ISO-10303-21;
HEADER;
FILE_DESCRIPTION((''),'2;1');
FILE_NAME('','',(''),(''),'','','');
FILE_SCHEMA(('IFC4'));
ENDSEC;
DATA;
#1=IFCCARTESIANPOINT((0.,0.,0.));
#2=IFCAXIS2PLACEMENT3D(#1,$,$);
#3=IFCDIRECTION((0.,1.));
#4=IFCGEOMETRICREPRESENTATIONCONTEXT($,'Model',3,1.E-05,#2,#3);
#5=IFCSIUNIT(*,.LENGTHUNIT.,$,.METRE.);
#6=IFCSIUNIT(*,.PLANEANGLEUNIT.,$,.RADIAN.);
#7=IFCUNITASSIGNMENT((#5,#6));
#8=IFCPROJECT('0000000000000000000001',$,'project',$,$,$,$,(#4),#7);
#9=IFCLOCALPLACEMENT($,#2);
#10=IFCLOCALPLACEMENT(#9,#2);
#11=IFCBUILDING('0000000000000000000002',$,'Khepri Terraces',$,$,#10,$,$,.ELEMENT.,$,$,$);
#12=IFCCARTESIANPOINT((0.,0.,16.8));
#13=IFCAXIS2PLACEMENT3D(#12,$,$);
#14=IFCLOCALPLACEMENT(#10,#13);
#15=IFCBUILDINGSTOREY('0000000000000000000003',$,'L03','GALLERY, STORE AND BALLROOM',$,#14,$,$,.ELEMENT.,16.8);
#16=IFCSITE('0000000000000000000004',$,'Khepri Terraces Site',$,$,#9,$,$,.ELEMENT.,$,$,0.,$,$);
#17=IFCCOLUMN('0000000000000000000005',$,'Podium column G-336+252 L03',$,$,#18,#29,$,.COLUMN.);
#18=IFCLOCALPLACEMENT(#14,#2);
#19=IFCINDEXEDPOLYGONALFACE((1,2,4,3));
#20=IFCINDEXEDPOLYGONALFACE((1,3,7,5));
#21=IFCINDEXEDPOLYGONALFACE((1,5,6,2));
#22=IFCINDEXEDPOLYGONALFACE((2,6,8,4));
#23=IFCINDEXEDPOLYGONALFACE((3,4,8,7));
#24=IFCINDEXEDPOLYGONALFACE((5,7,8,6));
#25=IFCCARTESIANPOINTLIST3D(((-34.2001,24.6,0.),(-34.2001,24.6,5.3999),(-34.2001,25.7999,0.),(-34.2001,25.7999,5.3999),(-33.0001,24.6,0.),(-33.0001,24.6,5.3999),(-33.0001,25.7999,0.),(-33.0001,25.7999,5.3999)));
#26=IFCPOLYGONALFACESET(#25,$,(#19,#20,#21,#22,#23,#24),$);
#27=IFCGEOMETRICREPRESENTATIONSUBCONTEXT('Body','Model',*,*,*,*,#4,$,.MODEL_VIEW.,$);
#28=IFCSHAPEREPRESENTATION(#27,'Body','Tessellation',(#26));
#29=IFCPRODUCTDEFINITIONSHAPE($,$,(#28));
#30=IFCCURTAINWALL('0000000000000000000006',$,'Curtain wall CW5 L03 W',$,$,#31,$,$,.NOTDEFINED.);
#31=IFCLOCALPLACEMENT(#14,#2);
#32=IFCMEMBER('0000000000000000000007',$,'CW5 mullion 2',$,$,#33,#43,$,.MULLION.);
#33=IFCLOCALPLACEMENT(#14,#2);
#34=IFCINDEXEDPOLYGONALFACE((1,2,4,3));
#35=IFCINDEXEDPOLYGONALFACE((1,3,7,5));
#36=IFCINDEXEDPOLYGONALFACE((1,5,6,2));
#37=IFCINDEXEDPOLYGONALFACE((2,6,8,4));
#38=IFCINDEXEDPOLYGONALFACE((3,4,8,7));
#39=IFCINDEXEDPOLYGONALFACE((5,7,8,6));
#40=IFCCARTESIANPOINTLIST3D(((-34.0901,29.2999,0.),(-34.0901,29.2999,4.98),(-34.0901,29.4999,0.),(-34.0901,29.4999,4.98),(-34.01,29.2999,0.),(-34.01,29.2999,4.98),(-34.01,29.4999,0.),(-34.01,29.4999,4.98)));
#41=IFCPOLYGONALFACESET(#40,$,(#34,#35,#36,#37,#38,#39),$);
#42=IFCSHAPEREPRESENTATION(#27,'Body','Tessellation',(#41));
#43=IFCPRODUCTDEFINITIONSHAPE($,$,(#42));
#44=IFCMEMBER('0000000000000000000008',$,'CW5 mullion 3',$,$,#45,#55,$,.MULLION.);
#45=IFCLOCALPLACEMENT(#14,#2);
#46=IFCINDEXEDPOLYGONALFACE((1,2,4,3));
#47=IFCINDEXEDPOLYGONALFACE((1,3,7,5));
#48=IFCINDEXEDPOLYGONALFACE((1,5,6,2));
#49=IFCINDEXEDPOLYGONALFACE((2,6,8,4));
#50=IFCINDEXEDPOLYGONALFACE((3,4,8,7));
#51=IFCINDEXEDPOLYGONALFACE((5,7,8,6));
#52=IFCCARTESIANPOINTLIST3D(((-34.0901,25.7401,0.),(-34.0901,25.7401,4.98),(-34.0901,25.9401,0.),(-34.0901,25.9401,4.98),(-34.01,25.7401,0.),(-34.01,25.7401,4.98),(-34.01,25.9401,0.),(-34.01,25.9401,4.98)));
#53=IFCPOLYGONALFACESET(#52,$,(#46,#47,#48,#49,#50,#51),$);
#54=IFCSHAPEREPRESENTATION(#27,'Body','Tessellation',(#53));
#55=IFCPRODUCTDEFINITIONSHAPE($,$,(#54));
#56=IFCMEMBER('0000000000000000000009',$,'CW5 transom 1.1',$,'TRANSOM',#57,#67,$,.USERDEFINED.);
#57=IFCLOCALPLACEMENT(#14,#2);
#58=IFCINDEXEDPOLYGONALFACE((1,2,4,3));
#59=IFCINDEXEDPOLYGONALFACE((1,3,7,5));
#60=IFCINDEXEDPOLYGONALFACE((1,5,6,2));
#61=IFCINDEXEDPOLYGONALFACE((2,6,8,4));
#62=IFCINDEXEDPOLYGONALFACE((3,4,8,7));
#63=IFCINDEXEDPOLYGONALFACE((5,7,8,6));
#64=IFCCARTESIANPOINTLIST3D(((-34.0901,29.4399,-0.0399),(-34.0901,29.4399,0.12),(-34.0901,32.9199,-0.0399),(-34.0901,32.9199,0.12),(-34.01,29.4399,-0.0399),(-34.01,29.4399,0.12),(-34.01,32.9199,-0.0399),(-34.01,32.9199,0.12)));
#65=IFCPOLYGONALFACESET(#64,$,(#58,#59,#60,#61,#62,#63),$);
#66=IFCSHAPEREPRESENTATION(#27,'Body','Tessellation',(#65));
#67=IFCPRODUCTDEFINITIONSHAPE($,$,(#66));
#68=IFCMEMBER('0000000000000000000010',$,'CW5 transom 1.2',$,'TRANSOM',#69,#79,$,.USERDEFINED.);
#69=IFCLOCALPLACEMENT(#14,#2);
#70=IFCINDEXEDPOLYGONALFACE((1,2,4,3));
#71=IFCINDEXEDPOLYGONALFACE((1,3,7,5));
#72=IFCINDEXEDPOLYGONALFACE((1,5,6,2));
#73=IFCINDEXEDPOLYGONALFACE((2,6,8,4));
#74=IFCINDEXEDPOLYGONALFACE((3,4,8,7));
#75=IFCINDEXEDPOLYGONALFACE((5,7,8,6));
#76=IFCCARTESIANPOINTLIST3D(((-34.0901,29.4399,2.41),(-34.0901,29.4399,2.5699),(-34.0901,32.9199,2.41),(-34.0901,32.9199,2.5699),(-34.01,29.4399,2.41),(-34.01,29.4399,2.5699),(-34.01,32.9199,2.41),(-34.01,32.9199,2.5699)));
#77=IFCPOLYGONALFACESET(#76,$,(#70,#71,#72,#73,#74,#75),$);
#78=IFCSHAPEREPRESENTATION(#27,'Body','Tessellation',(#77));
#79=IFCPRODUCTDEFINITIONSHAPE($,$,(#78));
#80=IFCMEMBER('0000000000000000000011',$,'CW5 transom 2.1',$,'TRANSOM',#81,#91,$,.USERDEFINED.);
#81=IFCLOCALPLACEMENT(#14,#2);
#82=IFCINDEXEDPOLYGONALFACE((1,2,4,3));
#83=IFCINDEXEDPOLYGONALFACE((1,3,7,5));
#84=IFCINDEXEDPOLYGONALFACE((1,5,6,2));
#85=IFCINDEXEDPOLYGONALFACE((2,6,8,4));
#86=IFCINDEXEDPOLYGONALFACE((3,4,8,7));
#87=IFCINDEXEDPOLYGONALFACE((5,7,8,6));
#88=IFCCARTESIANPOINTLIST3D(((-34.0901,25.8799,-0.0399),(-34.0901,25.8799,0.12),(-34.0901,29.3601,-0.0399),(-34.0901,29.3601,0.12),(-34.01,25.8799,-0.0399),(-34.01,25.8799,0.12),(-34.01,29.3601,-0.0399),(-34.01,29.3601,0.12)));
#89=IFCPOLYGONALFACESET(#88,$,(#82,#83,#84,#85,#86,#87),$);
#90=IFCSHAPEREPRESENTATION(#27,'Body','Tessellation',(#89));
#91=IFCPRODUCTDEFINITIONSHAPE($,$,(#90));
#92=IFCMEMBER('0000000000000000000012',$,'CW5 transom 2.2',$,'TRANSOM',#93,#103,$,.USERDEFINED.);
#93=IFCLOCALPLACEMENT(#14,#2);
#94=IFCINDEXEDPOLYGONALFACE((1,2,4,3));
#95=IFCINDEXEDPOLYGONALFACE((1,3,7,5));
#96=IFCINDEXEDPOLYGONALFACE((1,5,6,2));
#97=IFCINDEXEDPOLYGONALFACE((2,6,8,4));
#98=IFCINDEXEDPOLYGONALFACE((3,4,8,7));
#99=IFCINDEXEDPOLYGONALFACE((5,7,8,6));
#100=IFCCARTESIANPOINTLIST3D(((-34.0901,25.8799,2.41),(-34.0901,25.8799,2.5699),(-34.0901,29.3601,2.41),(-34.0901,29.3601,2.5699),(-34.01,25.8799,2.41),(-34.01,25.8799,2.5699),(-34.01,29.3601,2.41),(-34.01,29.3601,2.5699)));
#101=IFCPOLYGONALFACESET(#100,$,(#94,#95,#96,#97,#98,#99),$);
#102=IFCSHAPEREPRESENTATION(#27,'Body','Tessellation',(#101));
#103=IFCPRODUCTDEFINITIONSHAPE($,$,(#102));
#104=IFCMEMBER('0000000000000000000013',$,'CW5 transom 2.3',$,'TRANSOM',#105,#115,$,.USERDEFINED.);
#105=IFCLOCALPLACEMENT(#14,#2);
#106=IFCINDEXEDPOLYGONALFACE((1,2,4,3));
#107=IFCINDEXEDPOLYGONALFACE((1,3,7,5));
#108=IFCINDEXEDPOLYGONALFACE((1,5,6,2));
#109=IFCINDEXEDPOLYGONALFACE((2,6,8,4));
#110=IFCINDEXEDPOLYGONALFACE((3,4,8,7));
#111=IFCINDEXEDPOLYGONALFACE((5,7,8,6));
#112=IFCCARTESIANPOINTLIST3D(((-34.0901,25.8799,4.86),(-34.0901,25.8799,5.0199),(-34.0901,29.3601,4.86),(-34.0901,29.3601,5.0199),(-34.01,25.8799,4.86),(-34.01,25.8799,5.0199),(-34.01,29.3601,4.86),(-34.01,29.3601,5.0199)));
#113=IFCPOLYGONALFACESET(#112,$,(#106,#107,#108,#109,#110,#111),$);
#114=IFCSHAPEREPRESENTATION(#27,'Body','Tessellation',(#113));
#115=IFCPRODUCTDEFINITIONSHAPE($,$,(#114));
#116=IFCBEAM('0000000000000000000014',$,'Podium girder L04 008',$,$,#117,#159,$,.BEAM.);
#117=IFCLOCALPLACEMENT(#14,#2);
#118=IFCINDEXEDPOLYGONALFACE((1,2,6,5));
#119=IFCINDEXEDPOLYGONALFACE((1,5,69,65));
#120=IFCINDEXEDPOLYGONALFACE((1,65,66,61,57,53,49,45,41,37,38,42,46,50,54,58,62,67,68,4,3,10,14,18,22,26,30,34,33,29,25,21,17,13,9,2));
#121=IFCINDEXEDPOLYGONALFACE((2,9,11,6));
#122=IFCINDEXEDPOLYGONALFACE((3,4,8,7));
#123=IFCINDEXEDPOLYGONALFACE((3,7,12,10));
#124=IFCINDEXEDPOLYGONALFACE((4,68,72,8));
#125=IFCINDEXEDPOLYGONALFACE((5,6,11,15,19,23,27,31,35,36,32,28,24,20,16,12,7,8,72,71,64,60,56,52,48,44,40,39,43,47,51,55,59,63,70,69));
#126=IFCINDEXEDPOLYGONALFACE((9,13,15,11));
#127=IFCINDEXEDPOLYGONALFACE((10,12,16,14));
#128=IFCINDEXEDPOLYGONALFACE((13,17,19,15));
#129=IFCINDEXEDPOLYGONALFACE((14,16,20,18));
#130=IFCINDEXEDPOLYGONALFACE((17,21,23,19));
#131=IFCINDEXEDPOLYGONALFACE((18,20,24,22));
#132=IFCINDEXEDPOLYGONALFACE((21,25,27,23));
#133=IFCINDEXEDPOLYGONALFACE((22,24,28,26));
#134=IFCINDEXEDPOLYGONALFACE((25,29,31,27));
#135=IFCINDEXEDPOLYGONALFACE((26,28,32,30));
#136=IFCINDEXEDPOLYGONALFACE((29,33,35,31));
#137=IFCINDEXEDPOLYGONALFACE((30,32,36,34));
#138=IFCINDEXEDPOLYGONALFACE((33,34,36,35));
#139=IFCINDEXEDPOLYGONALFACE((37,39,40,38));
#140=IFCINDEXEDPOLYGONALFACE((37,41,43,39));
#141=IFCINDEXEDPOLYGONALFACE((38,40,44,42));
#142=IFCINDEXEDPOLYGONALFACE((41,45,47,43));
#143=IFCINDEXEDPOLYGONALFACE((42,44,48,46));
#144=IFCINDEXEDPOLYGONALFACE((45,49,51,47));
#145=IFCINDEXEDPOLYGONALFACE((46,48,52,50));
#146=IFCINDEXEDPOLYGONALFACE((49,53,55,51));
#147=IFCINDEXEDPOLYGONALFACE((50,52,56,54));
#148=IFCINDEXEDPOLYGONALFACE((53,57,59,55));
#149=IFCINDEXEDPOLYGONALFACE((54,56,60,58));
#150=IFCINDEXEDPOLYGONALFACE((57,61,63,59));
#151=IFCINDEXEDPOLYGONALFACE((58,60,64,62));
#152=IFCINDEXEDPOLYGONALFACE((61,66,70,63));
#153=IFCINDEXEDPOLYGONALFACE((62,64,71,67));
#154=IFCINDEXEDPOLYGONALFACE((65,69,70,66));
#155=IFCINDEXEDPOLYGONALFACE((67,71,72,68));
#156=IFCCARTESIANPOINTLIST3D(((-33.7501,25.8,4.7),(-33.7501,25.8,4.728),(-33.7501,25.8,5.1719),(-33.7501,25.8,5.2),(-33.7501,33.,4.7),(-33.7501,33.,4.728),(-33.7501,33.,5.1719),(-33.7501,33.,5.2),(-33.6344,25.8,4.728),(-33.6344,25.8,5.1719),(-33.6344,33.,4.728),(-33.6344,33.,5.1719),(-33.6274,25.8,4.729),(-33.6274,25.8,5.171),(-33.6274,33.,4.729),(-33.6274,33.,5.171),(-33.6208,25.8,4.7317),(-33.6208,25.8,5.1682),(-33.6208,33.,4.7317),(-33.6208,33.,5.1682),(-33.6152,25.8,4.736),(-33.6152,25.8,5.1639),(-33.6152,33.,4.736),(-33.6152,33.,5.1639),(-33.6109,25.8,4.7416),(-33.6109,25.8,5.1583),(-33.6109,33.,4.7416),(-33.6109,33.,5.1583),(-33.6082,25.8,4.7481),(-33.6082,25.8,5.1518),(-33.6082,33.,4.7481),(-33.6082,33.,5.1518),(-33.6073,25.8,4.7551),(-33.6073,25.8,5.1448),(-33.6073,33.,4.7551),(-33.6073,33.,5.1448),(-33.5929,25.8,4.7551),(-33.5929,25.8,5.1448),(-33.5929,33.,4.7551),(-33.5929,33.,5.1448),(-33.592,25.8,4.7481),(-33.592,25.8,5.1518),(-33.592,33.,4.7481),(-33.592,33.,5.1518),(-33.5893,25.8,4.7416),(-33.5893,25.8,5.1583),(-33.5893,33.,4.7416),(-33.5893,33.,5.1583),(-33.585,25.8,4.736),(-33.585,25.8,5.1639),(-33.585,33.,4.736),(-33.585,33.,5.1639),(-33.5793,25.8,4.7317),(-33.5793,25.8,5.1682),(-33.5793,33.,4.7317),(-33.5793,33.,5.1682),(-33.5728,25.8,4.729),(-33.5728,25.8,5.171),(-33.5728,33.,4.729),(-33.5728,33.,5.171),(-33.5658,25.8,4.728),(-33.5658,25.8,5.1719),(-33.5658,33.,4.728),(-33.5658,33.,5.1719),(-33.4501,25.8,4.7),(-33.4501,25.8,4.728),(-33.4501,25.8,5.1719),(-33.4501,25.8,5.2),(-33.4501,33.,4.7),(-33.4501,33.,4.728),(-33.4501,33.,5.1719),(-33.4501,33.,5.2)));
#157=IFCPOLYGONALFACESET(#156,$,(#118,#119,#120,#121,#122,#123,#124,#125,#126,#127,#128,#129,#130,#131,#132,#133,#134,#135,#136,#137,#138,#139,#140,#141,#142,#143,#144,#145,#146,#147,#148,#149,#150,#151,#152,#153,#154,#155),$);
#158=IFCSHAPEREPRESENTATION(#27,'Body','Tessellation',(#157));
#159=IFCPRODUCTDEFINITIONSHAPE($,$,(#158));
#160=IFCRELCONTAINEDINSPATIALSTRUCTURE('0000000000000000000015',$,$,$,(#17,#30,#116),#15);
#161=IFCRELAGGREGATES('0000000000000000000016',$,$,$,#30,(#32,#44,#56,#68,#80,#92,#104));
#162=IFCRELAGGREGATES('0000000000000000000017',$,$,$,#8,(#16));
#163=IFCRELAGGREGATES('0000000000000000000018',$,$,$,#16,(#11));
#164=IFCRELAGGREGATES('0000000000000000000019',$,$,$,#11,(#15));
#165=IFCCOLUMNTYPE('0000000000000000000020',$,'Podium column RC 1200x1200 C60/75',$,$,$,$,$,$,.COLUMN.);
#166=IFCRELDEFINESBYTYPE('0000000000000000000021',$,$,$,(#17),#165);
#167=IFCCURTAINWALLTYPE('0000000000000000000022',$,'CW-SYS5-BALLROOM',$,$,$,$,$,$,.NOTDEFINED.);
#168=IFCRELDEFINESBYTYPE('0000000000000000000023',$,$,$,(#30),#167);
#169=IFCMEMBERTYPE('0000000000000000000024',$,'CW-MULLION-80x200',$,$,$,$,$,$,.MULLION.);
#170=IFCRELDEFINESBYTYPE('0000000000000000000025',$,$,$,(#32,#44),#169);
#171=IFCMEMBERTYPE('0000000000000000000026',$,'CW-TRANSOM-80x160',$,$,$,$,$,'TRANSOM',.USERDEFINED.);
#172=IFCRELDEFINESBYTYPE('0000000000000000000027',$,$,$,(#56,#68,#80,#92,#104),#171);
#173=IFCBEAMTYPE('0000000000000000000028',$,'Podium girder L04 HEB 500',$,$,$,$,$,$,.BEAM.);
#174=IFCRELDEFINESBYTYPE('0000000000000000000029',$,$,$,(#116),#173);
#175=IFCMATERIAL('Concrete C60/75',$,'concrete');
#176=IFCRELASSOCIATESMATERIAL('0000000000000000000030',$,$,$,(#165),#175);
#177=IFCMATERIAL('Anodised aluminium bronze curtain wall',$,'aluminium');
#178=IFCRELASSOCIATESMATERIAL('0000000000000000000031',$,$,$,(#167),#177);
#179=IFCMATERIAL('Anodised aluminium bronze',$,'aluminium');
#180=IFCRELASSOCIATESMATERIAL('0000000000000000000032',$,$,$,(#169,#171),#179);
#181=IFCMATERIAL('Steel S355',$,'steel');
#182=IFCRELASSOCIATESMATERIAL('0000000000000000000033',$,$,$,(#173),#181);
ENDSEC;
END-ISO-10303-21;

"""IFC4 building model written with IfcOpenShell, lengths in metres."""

from ifc_helpers import new_model, si_unit, direction, frame, origin, origin_2d, place, context, subcontext, project, spatial, rectangle, i_section, extrude, material, material_profile, profile_set, type_object, element, aggregate, save


model = new_model("IFC4")

# Units and contexts
model_context = context("Model", 3, precision=1e-05, world=origin(), true_north=direction((0.0, 1.0)))
body_context = subcontext(model_context, "Body", "Model", "MODEL_VIEW")
ifc_project = project(units=[si_unit("LENGTHUNIT", "METRE"), si_unit("PLANEANGLEUNIT", "RADIAN")], contexts=[model_context])

# Site, building, storey
site_placement = place(None, origin())
site = spatial("IfcSite", under=ifc_project, at=site_placement, Name="Khepri Terraces Site", CompositionType="ELEMENT", RefElevation=0.0)
building_placement = place(site_placement, origin())
building = spatial("IfcBuilding", under=site, at=building_placement, Name="Khepri Terraces", CompositionType="ELEMENT")
storey_placement = place(building_placement, frame((0.0, 0.0, 16.8)))
storey = spatial("IfcBuildingStorey", under=building, at=storey_placement, Name="L03", Description="GALLERY, STORE AND BALLROOM", CompositionType="ELEMENT", Elevation=16.8)

# Column
ifc_material_1 = material(Name="Concrete C60/75", Category="concrete")
ifc_material_profile_1 = material_profile(ifc_material_1, rectangle(XDim=1.2, YDim=1.2, at=origin_2d()), Name="Concrete C60/75", Category="concrete")
ifc_profile_set_1 = profile_set([ifc_material_profile_1], Name="Concrete C60/75")
column_type = type_object("IfcColumnType", Name="Podium column RC 1200x1200 C60/75", PredefinedType="COLUMN", material=ifc_profile_set_1)
column_placement = place(storey_placement, frame((-33.6001, 25.2, 0.0), z_axis=(0.0, 0.0, 1.0), x_axis=(1.0, 0.0, 0.0)))
element("IfcColumn", 1, at=column_placement, inside=storey, type_object=column_type, Name="Podium column G-336+252 L03", PredefinedType="COLUMN", context=body_context, shape_type="SweptSolid", body=[
    extrude(rectangle(XDim=1.2, YDim=1.2, at=origin_2d()), origin(), (0.0, 0.0, 1.0), 5.3999),
])

# Curtain wall, members
ifc_material_2 = material(Name="Anodised aluminium bronze curtain wall", Category="aluminium")
curtain_wall_type = type_object("IfcCurtainWallType", Name="CW-SYS5-BALLROOM", PredefinedType="NOTDEFINED", material=ifc_material_2)
curtain_wall_placement = place(storey_placement, origin())
curtain_wall = element("IfcCurtainWall", 2, at=curtain_wall_placement, inside=storey, type_object=curtain_wall_type, Name="Curtain wall CW5 L03 W", PredefinedType="NOTDEFINED")
ifc_material_3 = material(Name="Anodised aluminium bronze", Category="aluminium")
ifc_material_profile_2 = material_profile(ifc_material_3, rectangle(XDim=0.0801, YDim=0.2, at=origin_2d()), Name="Anodised aluminium bronze", Category="aluminium")
ifc_profile_set_2 = profile_set([ifc_material_profile_2], Name="Anodised aluminium bronze")
member_type_1 = type_object("IfcMemberType", Name="CW-MULLION-80x200", PredefinedType="MULLION", material=ifc_profile_set_2)
member_1_placement = place(storey_placement, frame((-34.05, 29.3999, 0.0), z_axis=(0.0, 0.0, 1.0), x_axis=(1.0, 0.0, 0.0)))
member_1 = element("IfcMember", 3, at=member_1_placement, type_object=member_type_1, Name="CW5 mullion 2", PredefinedType="MULLION", context=body_context, shape_type="SweptSolid", body=[
    extrude(rectangle(XDim=0.0801, YDim=0.2, at=origin_2d()), origin(), (0.0, 0.0, 1.0), 4.98),
])
member_2_placement = place(storey_placement, frame((-34.05, 25.8401, 0.0), z_axis=(0.0, 0.0, 1.0), x_axis=(1.0, 0.0, 0.0)))
member_2 = element("IfcMember", 4, at=member_2_placement, type_object=member_type_1, Name="CW5 mullion 3", PredefinedType="MULLION", context=body_context, shape_type="SweptSolid", body=[
    extrude(rectangle(XDim=0.0801, YDim=0.2, at=origin_2d()), origin(), (0.0, 0.0, 1.0), 4.98),
])
ifc_material_profile_3 = material_profile(ifc_material_3, rectangle(XDim=0.0801, YDim=0.1599, at=origin_2d()), Name="Anodised aluminium bronze", Category="aluminium")
ifc_profile_set_3 = profile_set([ifc_material_profile_3], Name="Anodised aluminium bronze")
member_type_2 = type_object("IfcMemberType", Name="CW-TRANSOM-80x160", ElementType="TRANSOM", PredefinedType="USERDEFINED", material=ifc_profile_set_3)
member_3_placement = place(storey_placement, frame((-34.05, 32.9199, 0.04), z_axis=(0.0, -1.0, 0.0), x_axis=(1.0, 0.0, 0.0)))
member_3 = element("IfcMember", 5, at=member_3_placement, type_object=member_type_2, Name="CW5 transom 1.1", ObjectType="TRANSOM", PredefinedType="USERDEFINED", context=body_context, shape_type="SweptSolid", body=[
    extrude(rectangle(XDim=0.0801, YDim=0.1599, at=origin_2d()), origin(), (0.0, 0.0, 1.0), 3.48),
])
member_4_placement = place(storey_placement, frame((-34.05, 32.9199, 2.49), z_axis=(0.0, -1.0, 0.0), x_axis=(1.0, 0.0, 0.0)))
member_4 = element("IfcMember", 6, at=member_4_placement, type_object=member_type_2, Name="CW5 transom 1.2", ObjectType="TRANSOM", PredefinedType="USERDEFINED", context=body_context, shape_type="SweptSolid", body=[
    extrude(rectangle(XDim=0.0801, YDim=0.1599, at=origin_2d()), origin(), (0.0, 0.0, 1.0), 3.48),
])
member_5_placement = place(storey_placement, frame((-34.05, 29.3601, 0.04), z_axis=(0.0, -1.0, 0.0), x_axis=(1.0, 0.0, 0.0)))
member_5 = element("IfcMember", 7, at=member_5_placement, type_object=member_type_2, Name="CW5 transom 2.1", ObjectType="TRANSOM", PredefinedType="USERDEFINED", context=body_context, shape_type="SweptSolid", body=[
    extrude(rectangle(XDim=0.0801, YDim=0.1599, at=origin_2d()), origin(), (0.0, 0.0, 1.0), 3.4802),
])
member_6_placement = place(storey_placement, frame((-34.05, 29.3601, 2.49), z_axis=(0.0, -1.0, 0.0), x_axis=(1.0, 0.0, 0.0)))
member_6 = element("IfcMember", 8, at=member_6_placement, type_object=member_type_2, Name="CW5 transom 2.2", ObjectType="TRANSOM", PredefinedType="USERDEFINED", context=body_context, shape_type="SweptSolid", body=[
    extrude(rectangle(XDim=0.0801, YDim=0.1599, at=origin_2d()), origin(), (0.0, 0.0, 1.0), 3.4802),
])
member_7_placement = place(storey_placement, frame((-34.05, 29.3601, 4.9399), z_axis=(0.0, -1.0, 0.0), x_axis=(1.0, 0.0, 0.0)))
member_7 = element("IfcMember", 9, at=member_7_placement, type_object=member_type_2, Name="CW5 transom 2.3", ObjectType="TRANSOM", PredefinedType="USERDEFINED", context=body_context, shape_type="SweptSolid", body=[
    extrude(rectangle(XDim=0.0801, YDim=0.1599, at=origin_2d()), origin(), (0.0, 0.0, 1.0), 3.4802),
])

# Beam
ifc_material_4 = material(Name="Steel S355", Category="steel")
ifc_material_profile_4 = material_profile(ifc_material_4, i_section(OverallWidth=0.3, OverallDepth=0.5, WebThickness=0.0144, FlangeThickness=0.0281, FilletRadius=0.0271, at=origin_2d()), Name="Steel S355", Category="steel")
ifc_profile_set_4 = profile_set([ifc_material_profile_4], Name="Steel S355")
beam_type_1 = type_object("IfcBeamType", Name="Podium girder L04 HEB 500", PredefinedType="BEAM", material=ifc_profile_set_4)
beam_1_placement = place(storey_placement, frame((-33.6001, 25.8, 4.95), z_axis=(0.0, 1.0, 0.0), x_axis=(-1.0, 0.0, 0.0)))
element("IfcBeam", 10, at=beam_1_placement, inside=storey, type_object=beam_type_1, Name="Podium girder L04 008", PredefinedType="BEAM", context=body_context, shape_type="SweptSolid", body=[
    extrude(i_section(OverallWidth=0.3, OverallDepth=0.5, WebThickness=0.0144, FlangeThickness=0.0281, FilletRadius=0.0271, at=origin_2d()), origin(), (0.0, 0.0, 1.0), 7.2),
])

aggregate(curtain_wall, [member_1, member_2, member_3, member_4, member_5, member_6, member_7])

save(model, "model.ifc")
